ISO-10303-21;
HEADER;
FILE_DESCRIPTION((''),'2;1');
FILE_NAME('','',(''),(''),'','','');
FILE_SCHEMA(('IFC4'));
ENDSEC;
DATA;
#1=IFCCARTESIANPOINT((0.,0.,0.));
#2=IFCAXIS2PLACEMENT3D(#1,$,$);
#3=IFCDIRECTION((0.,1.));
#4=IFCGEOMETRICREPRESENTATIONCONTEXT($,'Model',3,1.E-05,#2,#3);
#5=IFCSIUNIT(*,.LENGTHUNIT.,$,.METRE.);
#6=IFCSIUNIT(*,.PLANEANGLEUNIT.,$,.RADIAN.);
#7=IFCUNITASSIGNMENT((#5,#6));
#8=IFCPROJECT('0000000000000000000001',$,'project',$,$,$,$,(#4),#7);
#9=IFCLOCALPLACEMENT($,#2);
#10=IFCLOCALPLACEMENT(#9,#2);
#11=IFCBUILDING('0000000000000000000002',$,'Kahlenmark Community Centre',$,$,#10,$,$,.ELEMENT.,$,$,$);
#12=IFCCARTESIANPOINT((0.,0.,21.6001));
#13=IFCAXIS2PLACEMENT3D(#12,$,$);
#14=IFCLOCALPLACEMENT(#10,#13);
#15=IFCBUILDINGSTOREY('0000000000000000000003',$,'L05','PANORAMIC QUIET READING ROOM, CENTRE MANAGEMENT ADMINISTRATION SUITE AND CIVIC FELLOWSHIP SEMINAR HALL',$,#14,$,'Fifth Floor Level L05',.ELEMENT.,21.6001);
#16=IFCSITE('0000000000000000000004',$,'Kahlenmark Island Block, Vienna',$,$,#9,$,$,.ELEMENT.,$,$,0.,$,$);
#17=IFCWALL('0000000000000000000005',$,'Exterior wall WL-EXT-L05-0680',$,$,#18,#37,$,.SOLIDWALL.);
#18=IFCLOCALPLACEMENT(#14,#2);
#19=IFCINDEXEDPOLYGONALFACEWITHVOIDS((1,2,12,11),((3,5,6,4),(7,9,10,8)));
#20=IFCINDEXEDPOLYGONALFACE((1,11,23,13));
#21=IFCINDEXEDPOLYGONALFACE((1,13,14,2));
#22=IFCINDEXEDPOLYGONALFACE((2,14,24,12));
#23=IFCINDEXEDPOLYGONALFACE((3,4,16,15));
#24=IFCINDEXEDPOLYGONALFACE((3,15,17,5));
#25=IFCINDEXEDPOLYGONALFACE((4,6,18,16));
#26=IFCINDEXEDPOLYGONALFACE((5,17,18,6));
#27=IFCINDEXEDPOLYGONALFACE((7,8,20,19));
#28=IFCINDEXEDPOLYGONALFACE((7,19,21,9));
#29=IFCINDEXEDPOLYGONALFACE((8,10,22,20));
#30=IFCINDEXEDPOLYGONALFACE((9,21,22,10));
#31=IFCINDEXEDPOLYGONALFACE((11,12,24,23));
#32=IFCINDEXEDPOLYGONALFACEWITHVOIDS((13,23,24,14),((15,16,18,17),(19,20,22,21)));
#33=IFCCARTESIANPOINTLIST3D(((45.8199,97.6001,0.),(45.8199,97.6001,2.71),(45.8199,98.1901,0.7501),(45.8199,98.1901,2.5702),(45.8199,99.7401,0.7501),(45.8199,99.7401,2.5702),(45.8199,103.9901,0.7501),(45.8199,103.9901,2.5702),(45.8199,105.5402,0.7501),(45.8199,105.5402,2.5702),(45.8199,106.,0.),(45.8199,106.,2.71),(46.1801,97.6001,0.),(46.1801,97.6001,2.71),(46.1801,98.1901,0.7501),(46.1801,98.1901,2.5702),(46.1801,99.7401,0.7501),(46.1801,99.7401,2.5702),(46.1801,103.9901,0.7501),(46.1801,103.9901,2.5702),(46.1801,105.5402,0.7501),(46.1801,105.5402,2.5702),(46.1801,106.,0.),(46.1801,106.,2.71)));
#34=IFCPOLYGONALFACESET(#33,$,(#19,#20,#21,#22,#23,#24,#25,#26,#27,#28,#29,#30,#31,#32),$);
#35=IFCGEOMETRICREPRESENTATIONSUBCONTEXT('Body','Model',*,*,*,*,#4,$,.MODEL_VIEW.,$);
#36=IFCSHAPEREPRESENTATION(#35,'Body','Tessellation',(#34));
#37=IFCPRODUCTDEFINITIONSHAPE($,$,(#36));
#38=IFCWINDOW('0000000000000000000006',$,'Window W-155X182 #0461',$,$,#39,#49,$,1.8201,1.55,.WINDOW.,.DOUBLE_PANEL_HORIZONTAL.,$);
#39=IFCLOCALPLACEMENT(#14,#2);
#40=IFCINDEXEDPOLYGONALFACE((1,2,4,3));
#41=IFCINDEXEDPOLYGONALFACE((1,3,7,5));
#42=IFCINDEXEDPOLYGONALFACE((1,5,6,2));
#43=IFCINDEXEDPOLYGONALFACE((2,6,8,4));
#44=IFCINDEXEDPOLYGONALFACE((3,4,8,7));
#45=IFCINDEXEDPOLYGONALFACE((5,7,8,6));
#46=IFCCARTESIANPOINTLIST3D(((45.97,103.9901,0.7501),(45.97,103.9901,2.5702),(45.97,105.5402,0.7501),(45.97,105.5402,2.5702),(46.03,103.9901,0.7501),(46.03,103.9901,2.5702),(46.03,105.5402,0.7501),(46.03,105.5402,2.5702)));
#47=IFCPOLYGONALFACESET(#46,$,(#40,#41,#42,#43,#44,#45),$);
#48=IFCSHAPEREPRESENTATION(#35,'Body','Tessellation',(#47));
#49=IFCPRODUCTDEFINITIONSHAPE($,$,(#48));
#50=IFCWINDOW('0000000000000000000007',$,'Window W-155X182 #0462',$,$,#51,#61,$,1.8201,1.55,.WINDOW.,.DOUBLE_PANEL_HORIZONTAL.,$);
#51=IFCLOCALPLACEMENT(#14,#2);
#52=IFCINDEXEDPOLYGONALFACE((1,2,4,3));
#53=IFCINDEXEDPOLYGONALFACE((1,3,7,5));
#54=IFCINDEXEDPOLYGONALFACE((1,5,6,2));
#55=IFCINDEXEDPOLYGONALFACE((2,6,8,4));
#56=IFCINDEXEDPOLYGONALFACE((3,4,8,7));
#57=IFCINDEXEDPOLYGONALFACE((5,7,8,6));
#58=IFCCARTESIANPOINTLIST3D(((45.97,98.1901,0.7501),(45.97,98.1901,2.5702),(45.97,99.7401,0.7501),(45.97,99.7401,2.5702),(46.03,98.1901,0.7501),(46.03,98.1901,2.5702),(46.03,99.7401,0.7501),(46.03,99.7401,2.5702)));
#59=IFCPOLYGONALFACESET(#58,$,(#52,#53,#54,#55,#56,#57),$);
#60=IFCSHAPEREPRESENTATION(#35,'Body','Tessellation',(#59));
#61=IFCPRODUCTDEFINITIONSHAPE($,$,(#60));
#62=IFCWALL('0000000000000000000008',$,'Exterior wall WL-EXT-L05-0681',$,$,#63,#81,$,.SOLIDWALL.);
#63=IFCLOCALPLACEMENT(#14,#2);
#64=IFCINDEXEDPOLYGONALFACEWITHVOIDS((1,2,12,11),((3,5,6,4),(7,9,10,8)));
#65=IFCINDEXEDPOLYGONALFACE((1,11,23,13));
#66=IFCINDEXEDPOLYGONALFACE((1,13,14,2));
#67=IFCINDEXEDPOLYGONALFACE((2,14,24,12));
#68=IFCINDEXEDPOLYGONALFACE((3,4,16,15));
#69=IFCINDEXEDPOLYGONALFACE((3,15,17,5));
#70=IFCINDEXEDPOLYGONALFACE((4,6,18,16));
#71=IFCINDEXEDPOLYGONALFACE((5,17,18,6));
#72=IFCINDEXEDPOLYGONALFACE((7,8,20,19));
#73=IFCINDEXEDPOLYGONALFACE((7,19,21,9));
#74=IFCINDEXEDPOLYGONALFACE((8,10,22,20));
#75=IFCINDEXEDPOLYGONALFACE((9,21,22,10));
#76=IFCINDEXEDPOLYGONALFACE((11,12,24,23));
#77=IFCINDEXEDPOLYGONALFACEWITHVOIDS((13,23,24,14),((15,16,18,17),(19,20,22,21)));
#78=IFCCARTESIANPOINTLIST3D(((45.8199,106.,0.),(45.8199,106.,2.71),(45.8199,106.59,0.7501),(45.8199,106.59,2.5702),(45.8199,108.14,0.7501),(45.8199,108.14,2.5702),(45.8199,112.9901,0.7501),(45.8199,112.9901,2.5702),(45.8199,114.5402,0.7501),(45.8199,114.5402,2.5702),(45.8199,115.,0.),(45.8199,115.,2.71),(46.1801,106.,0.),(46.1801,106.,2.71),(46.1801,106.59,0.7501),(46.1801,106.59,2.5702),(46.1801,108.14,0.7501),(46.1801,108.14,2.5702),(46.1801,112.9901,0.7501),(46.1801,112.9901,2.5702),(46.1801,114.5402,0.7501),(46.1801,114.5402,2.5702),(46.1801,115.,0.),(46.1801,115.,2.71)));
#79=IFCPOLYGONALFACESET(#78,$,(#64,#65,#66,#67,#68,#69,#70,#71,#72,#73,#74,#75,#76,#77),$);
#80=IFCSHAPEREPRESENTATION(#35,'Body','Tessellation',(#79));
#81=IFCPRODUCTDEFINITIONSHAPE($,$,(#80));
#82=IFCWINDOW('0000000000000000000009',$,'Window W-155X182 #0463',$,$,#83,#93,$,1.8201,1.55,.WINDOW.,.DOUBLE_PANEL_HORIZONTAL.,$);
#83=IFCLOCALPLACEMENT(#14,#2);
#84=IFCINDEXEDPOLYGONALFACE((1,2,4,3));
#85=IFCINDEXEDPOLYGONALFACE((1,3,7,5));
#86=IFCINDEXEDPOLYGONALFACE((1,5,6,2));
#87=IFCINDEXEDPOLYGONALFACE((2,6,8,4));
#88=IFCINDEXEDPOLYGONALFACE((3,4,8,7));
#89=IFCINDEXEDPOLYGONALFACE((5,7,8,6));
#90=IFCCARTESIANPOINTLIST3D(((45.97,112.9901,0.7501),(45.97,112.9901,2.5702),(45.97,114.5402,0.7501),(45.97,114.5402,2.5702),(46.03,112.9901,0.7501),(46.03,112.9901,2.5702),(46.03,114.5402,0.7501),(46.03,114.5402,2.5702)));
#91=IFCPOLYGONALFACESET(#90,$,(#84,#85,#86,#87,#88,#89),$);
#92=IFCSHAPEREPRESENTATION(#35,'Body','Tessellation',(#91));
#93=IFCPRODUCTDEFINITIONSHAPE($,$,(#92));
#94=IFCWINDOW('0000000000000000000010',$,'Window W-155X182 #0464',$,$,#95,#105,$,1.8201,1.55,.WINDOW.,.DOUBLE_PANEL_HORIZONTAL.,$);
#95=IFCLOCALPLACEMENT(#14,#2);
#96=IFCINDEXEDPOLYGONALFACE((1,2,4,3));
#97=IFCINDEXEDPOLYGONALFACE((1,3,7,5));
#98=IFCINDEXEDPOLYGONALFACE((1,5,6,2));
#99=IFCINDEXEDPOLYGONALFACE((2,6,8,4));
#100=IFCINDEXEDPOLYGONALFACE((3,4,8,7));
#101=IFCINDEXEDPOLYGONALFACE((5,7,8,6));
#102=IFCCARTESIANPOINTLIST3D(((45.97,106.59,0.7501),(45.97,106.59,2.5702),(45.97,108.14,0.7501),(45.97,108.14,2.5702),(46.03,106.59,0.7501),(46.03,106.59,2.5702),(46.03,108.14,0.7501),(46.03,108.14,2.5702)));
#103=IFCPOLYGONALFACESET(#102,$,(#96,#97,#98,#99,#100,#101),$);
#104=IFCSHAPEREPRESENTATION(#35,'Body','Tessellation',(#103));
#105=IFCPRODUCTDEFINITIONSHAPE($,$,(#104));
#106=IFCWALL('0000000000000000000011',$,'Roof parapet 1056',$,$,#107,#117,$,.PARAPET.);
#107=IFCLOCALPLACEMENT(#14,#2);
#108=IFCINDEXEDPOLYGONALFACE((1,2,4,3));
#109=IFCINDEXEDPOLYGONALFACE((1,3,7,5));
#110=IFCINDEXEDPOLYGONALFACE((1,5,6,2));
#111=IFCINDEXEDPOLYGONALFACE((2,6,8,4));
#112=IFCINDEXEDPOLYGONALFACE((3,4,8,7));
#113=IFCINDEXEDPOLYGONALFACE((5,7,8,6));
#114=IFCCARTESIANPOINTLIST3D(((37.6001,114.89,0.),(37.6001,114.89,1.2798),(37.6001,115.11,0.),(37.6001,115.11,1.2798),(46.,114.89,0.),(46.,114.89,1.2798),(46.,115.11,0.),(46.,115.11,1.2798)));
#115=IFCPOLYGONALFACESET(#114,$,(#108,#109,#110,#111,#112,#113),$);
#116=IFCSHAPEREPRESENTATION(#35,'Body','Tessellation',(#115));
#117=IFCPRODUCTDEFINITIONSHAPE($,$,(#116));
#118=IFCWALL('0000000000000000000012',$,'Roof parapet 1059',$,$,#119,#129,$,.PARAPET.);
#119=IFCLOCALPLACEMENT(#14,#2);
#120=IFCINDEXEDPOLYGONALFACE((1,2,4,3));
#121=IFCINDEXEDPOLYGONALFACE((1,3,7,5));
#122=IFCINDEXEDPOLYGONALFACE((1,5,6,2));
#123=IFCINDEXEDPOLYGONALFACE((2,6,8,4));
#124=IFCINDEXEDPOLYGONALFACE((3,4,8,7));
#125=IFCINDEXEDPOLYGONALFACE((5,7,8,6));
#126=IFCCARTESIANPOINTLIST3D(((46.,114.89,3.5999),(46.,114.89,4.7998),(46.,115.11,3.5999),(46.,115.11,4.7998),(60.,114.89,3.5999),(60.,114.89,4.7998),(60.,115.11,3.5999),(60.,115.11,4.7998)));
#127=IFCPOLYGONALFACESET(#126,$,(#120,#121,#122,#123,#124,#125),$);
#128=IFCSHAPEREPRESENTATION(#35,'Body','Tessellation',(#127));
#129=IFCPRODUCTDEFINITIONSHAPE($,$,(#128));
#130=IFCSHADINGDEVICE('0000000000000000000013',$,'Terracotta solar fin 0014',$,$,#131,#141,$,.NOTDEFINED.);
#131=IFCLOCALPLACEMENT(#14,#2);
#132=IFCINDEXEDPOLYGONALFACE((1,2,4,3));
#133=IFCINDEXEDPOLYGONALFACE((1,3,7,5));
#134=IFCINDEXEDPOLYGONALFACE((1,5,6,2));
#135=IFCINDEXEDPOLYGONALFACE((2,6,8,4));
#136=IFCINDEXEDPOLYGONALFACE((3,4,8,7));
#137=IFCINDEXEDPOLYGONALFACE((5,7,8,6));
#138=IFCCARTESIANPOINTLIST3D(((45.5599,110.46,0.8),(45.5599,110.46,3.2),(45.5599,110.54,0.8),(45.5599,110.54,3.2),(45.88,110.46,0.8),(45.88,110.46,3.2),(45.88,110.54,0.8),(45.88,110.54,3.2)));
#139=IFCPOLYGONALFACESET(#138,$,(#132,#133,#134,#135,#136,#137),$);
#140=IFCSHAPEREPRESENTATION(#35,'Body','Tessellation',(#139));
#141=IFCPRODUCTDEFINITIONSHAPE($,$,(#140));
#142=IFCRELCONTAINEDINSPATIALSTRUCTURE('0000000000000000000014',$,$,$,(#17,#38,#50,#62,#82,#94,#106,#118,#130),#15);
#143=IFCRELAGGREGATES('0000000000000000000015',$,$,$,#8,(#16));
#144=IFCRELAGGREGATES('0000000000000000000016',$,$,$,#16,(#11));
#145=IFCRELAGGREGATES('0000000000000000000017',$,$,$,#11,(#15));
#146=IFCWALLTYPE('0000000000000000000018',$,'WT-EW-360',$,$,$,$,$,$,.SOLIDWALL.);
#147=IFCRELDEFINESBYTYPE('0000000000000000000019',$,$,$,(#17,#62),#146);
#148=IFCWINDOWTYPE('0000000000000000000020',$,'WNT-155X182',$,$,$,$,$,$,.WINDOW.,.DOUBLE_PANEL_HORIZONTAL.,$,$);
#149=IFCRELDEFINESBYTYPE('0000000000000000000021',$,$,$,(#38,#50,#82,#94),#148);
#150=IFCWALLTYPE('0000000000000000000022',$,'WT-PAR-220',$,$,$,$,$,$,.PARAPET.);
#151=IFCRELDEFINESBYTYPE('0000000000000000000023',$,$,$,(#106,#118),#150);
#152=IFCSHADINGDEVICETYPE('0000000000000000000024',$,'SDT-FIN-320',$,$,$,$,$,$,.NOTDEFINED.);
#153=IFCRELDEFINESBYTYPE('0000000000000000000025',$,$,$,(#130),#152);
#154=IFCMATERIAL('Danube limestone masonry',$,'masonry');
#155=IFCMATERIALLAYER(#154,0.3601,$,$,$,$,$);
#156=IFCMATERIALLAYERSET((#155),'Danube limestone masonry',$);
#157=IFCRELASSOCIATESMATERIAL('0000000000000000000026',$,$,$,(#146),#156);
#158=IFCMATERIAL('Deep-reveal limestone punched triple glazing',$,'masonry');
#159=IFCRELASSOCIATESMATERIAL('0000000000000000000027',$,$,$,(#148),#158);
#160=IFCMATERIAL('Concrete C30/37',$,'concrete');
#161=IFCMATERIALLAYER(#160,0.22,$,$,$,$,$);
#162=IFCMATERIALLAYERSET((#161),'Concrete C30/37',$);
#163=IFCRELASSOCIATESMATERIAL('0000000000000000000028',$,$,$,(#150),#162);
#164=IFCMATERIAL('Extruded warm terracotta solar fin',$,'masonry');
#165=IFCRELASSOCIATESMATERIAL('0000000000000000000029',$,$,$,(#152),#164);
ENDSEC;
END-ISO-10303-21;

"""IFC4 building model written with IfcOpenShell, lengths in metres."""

from ifc_helpers import new_model, si_unit, direction, frame, frame_2d, origin, origin_2d, place, context, subcontext, project, spatial, rectangle, extrude, material, layer, layer_set, type_object, element, fill, save


model = new_model("IFC4")

# Units and contexts
model_context = context("Model", 3, precision=1e-05, world=origin(), true_north=direction((0.0, 1.0)))
body_context = subcontext(model_context, "Body", "Model", "MODEL_VIEW")
ifc_project = project(units=[si_unit("LENGTHUNIT", "METRE"), si_unit("PLANEANGLEUNIT", "RADIAN")], contexts=[model_context])

# Site, building, storey
site_placement = place(None, origin())
site = spatial("IfcSite", under=ifc_project, at=site_placement, Name="Kahlenmark Island Block, Vienna", CompositionType="ELEMENT", RefElevation=0.0)
building_placement = place(site_placement, origin())
building = spatial("IfcBuilding", under=site, at=building_placement, Name="Kahlenmark Community Centre", CompositionType="ELEMENT")
storey_placement = place(building_placement, frame((0.0, 0.0, 21.6001)))
storey = spatial("IfcBuildingStorey", under=building, at=storey_placement, Name="L05", Description="PANORAMIC QUIET READING ROOM, CENTRE MANAGEMENT ADMINISTRATION SUITE AND CIVIC FELLOWSHIP SEMINAR HALL", LongName="Fifth Floor Level L05", CompositionType="ELEMENT", Elevation=21.6001)

# Walls, openings, windows
ifc_material_1 = material(Name="Danube limestone masonry", Category="masonry")
ifc_layer_1 = layer(ifc_material_1, 0.3601)
ifc_layer_set_1 = layer_set([ifc_layer_1], Name="Danube limestone masonry")
wall_type_1 = type_object("IfcWallType", Name="WT-EW-360", PredefinedType="SOLIDWALL", material=ifc_layer_set_1)
wall_1_placement = place(storey_placement, frame((46.0, 106.0, 0.0), z_axis=(0.0, 0.0, 1.0), x_axis=(0.0, -1.0, 0.0)))
wall_1 = element("IfcWall", 1, at=wall_1_placement, inside=storey, type_object=wall_type_1, Name="Exterior wall WL-EXT-L05-0680", PredefinedType="SOLIDWALL", context=body_context, shape_type="SweptSolid", body=[
    extrude(rectangle(XDim=8.3999, YDim=0.3601, at=frame_2d((4.2, 0.0))), origin(), (0.0, 0.0, 1.0), 2.71),
])
opening_1_placement = place(wall_1_placement, frame((0.46, 0.0, 0.75)))
opening_1 = element("IfcOpeningElement", 2, at=opening_1_placement, cuts=wall_1, PredefinedType="OPENING", context=body_context, shape_type="SweptSolid", body=[
    extrude(rectangle(XDim=1.55, YDim=1.8201, at=frame_2d((0.7749, 0.9102))), frame((0.0, 0.1899, 0.0), z_axis=(0.0, -1.0, 0.0), x_axis=(1.0, 0.0, 0.0)), (0.0, 0.0, 1.0), 0.3801),
])
opening_2_placement = place(wall_1_placement, frame((6.26, 0.0, 0.75)))
opening_2 = element("IfcOpeningElement", 3, at=opening_2_placement, cuts=wall_1, PredefinedType="OPENING", context=body_context, shape_type="SweptSolid", body=[
    extrude(rectangle(XDim=1.55, YDim=1.8201, at=frame_2d((0.7749, 0.9102))), frame((0.0, 0.1899, 0.0), z_axis=(0.0, -1.0, 0.0), x_axis=(1.0, 0.0, 0.0)), (0.0, 0.0, 1.0), 0.3801),
])
ifc_material_2 = material(Name="Deep-reveal limestone punched triple glazing", Category="masonry")
window_type = type_object("IfcWindowType", Name="WNT-155X182", PartitioningType="DOUBLE_PANEL_HORIZONTAL", PredefinedType="WINDOW", material=ifc_material_2)
window_1_placement = place(opening_1_placement, origin())
window_1 = element("IfcWindow", 4, at=window_1_placement, inside=storey, type_object=window_type, Name="Window W-155X182 #0461", OverallHeight=1.8201, OverallWidth=1.55, PartitioningType="DOUBLE_PANEL_HORIZONTAL", PredefinedType="WINDOW", context=body_context, shape_type="SweptSolid", body=[
    extrude(rectangle(XDim=1.55, YDim=1.8201, at=frame_2d((0.7749, 0.9102))), frame((0.0, 0.03, 0.0), z_axis=(0.0, -1.0, 0.0), x_axis=(1.0, 0.0, 0.0)), (0.0, 0.0, 1.0), 0.0601),
])
fill(opening_1, window_1)
window_2_placement = place(opening_2_placement, origin())
window_2 = element("IfcWindow", 5, at=window_2_placement, inside=storey, type_object=window_type, Name="Window W-155X182 #0462", OverallHeight=1.8201, OverallWidth=1.55, PartitioningType="DOUBLE_PANEL_HORIZONTAL", PredefinedType="WINDOW", context=body_context, shape_type="SweptSolid", body=[
    extrude(rectangle(XDim=1.55, YDim=1.8201, at=frame_2d((0.7749, 0.9102))), frame((0.0, 0.03, 0.0), z_axis=(0.0, -1.0, 0.0), x_axis=(1.0, 0.0, 0.0)), (0.0, 0.0, 1.0), 0.0601),
])
fill(opening_2, window_2)
wall_2_placement = place(storey_placement, frame((46.0, 115.0, 0.0), z_axis=(0.0, 0.0, 1.0), x_axis=(0.0, -1.0, 0.0)))
wall_2 = element("IfcWall", 6, at=wall_2_placement, inside=storey, type_object=wall_type_1, Name="Exterior wall WL-EXT-L05-0681", PredefinedType="SOLIDWALL", context=body_context, shape_type="SweptSolid", body=[
    extrude(rectangle(XDim=9.0, YDim=0.3601, at=frame_2d((4.5, 0.0))), origin(), (0.0, 0.0, 1.0), 2.71),
])
opening_3_placement = place(wall_2_placement, frame((0.46, 0.0, 0.75)))
opening_3 = element("IfcOpeningElement", 7, at=opening_3_placement, cuts=wall_2, PredefinedType="OPENING", context=body_context, shape_type="SweptSolid", body=[
    extrude(rectangle(XDim=1.55, YDim=1.8201, at=frame_2d((0.7749, 0.9102))), frame((0.0, 0.1899, 0.0), z_axis=(0.0, -1.0, 0.0), x_axis=(1.0, 0.0, 0.0)), (0.0, 0.0, 1.0), 0.3801),
])
opening_4_placement = place(wall_2_placement, frame((6.8601, 0.0, 0.75)))
opening_4 = element("IfcOpeningElement", 8, at=opening_4_placement, cuts=wall_2, PredefinedType="OPENING", context=body_context, shape_type="SweptSolid", body=[
    extrude(rectangle(XDim=1.55, YDim=1.8201, at=frame_2d((0.7749, 0.9102))), frame((0.0, 0.1899, 0.0), z_axis=(0.0, -1.0, 0.0), x_axis=(1.0, 0.0, 0.0)), (0.0, 0.0, 1.0), 0.3801),
])
window_3_placement = place(opening_3_placement, origin())
window_3 = element("IfcWindow", 9, at=window_3_placement, inside=storey, type_object=window_type, Name="Window W-155X182 #0463", OverallHeight=1.8201, OverallWidth=1.55, PartitioningType="DOUBLE_PANEL_HORIZONTAL", PredefinedType="WINDOW", context=body_context, shape_type="SweptSolid", body=[
    extrude(rectangle(XDim=1.55, YDim=1.8201, at=frame_2d((0.7749, 0.9102))), frame((0.0, 0.03, 0.0), z_axis=(0.0, -1.0, 0.0), x_axis=(1.0, 0.0, 0.0)), (0.0, 0.0, 1.0), 0.0601),
])
fill(opening_3, window_3)
window_4_placement = place(opening_4_placement, origin())
window_4 = element("IfcWindow", 10, at=window_4_placement, inside=storey, type_object=window_type, Name="Window W-155X182 #0464", OverallHeight=1.8201, OverallWidth=1.55, PartitioningType="DOUBLE_PANEL_HORIZONTAL", PredefinedType="WINDOW", context=body_context, shape_type="SweptSolid", body=[
    extrude(rectangle(XDim=1.55, YDim=1.8201, at=frame_2d((0.7749, 0.9102))), frame((0.0, 0.03, 0.0), z_axis=(0.0, -1.0, 0.0), x_axis=(1.0, 0.0, 0.0)), (0.0, 0.0, 1.0), 0.0601),
])
fill(opening_4, window_4)

# Walls
ifc_material_3 = material(Name="Concrete C30/37", Category="concrete")
ifc_layer_2 = layer(ifc_material_3, 0.22)
ifc_layer_set_2 = layer_set([ifc_layer_2], Name="Concrete C30/37")
wall_type_2 = type_object("IfcWallType", Name="WT-PAR-220", PredefinedType="PARAPET", material=ifc_layer_set_2)
wall_3_placement = place(storey_placement, frame((37.6001, 115.0, 0.0), z_axis=(0.0, 0.0, 1.0), x_axis=(1.0, 0.0, 0.0)))
element("IfcWall", 11, at=wall_3_placement, inside=storey, type_object=wall_type_2, Name="Roof parapet 1056", PredefinedType="PARAPET", context=body_context, shape_type="SweptSolid", body=[
    extrude(rectangle(XDim=8.3999, YDim=0.22, at=frame_2d((4.2, 0.0))), origin(), (0.0, 0.0, 1.0), 1.2798),
])
wall_4_placement = place(storey_placement, frame((46.0, 115.0, 3.5999), z_axis=(0.0, 0.0, 1.0), x_axis=(1.0, 0.0, 0.0)))
element("IfcWall", 12, at=wall_4_placement, inside=storey, type_object=wall_type_2, Name="Roof parapet 1059", PredefinedType="PARAPET", context=body_context, shape_type="SweptSolid", body=[
    extrude(rectangle(XDim=14.0, YDim=0.22, at=frame_2d((7.0, 0.0))), origin(), (0.0, 0.0, 1.0), 1.2),
])

# Shading device
ifc_material_4 = material(Name="Extruded warm terracotta solar fin", Category="masonry")
shading_device_type = type_object("IfcShadingDeviceType", Name="SDT-FIN-320", PredefinedType="NOTDEFINED", material=ifc_material_4)
shading_device_placement = place(storey_placement, frame((45.72, 110.5, 0.8), z_axis=(0.0, 0.0, 1.0), x_axis=(0.0, -1.0, 0.0)))
element("IfcShadingDevice", 13, at=shading_device_placement, inside=storey, type_object=shading_device_type, Name="Terracotta solar fin 0014", PredefinedType="NOTDEFINED", context=body_context, shape_type="SweptSolid", body=[
    extrude(rectangle(XDim=0.0801, YDim=0.3201, at=origin_2d()), origin(), (0.0, 0.0, 1.0), 2.3999),
])

save(model, "model.ifc")
